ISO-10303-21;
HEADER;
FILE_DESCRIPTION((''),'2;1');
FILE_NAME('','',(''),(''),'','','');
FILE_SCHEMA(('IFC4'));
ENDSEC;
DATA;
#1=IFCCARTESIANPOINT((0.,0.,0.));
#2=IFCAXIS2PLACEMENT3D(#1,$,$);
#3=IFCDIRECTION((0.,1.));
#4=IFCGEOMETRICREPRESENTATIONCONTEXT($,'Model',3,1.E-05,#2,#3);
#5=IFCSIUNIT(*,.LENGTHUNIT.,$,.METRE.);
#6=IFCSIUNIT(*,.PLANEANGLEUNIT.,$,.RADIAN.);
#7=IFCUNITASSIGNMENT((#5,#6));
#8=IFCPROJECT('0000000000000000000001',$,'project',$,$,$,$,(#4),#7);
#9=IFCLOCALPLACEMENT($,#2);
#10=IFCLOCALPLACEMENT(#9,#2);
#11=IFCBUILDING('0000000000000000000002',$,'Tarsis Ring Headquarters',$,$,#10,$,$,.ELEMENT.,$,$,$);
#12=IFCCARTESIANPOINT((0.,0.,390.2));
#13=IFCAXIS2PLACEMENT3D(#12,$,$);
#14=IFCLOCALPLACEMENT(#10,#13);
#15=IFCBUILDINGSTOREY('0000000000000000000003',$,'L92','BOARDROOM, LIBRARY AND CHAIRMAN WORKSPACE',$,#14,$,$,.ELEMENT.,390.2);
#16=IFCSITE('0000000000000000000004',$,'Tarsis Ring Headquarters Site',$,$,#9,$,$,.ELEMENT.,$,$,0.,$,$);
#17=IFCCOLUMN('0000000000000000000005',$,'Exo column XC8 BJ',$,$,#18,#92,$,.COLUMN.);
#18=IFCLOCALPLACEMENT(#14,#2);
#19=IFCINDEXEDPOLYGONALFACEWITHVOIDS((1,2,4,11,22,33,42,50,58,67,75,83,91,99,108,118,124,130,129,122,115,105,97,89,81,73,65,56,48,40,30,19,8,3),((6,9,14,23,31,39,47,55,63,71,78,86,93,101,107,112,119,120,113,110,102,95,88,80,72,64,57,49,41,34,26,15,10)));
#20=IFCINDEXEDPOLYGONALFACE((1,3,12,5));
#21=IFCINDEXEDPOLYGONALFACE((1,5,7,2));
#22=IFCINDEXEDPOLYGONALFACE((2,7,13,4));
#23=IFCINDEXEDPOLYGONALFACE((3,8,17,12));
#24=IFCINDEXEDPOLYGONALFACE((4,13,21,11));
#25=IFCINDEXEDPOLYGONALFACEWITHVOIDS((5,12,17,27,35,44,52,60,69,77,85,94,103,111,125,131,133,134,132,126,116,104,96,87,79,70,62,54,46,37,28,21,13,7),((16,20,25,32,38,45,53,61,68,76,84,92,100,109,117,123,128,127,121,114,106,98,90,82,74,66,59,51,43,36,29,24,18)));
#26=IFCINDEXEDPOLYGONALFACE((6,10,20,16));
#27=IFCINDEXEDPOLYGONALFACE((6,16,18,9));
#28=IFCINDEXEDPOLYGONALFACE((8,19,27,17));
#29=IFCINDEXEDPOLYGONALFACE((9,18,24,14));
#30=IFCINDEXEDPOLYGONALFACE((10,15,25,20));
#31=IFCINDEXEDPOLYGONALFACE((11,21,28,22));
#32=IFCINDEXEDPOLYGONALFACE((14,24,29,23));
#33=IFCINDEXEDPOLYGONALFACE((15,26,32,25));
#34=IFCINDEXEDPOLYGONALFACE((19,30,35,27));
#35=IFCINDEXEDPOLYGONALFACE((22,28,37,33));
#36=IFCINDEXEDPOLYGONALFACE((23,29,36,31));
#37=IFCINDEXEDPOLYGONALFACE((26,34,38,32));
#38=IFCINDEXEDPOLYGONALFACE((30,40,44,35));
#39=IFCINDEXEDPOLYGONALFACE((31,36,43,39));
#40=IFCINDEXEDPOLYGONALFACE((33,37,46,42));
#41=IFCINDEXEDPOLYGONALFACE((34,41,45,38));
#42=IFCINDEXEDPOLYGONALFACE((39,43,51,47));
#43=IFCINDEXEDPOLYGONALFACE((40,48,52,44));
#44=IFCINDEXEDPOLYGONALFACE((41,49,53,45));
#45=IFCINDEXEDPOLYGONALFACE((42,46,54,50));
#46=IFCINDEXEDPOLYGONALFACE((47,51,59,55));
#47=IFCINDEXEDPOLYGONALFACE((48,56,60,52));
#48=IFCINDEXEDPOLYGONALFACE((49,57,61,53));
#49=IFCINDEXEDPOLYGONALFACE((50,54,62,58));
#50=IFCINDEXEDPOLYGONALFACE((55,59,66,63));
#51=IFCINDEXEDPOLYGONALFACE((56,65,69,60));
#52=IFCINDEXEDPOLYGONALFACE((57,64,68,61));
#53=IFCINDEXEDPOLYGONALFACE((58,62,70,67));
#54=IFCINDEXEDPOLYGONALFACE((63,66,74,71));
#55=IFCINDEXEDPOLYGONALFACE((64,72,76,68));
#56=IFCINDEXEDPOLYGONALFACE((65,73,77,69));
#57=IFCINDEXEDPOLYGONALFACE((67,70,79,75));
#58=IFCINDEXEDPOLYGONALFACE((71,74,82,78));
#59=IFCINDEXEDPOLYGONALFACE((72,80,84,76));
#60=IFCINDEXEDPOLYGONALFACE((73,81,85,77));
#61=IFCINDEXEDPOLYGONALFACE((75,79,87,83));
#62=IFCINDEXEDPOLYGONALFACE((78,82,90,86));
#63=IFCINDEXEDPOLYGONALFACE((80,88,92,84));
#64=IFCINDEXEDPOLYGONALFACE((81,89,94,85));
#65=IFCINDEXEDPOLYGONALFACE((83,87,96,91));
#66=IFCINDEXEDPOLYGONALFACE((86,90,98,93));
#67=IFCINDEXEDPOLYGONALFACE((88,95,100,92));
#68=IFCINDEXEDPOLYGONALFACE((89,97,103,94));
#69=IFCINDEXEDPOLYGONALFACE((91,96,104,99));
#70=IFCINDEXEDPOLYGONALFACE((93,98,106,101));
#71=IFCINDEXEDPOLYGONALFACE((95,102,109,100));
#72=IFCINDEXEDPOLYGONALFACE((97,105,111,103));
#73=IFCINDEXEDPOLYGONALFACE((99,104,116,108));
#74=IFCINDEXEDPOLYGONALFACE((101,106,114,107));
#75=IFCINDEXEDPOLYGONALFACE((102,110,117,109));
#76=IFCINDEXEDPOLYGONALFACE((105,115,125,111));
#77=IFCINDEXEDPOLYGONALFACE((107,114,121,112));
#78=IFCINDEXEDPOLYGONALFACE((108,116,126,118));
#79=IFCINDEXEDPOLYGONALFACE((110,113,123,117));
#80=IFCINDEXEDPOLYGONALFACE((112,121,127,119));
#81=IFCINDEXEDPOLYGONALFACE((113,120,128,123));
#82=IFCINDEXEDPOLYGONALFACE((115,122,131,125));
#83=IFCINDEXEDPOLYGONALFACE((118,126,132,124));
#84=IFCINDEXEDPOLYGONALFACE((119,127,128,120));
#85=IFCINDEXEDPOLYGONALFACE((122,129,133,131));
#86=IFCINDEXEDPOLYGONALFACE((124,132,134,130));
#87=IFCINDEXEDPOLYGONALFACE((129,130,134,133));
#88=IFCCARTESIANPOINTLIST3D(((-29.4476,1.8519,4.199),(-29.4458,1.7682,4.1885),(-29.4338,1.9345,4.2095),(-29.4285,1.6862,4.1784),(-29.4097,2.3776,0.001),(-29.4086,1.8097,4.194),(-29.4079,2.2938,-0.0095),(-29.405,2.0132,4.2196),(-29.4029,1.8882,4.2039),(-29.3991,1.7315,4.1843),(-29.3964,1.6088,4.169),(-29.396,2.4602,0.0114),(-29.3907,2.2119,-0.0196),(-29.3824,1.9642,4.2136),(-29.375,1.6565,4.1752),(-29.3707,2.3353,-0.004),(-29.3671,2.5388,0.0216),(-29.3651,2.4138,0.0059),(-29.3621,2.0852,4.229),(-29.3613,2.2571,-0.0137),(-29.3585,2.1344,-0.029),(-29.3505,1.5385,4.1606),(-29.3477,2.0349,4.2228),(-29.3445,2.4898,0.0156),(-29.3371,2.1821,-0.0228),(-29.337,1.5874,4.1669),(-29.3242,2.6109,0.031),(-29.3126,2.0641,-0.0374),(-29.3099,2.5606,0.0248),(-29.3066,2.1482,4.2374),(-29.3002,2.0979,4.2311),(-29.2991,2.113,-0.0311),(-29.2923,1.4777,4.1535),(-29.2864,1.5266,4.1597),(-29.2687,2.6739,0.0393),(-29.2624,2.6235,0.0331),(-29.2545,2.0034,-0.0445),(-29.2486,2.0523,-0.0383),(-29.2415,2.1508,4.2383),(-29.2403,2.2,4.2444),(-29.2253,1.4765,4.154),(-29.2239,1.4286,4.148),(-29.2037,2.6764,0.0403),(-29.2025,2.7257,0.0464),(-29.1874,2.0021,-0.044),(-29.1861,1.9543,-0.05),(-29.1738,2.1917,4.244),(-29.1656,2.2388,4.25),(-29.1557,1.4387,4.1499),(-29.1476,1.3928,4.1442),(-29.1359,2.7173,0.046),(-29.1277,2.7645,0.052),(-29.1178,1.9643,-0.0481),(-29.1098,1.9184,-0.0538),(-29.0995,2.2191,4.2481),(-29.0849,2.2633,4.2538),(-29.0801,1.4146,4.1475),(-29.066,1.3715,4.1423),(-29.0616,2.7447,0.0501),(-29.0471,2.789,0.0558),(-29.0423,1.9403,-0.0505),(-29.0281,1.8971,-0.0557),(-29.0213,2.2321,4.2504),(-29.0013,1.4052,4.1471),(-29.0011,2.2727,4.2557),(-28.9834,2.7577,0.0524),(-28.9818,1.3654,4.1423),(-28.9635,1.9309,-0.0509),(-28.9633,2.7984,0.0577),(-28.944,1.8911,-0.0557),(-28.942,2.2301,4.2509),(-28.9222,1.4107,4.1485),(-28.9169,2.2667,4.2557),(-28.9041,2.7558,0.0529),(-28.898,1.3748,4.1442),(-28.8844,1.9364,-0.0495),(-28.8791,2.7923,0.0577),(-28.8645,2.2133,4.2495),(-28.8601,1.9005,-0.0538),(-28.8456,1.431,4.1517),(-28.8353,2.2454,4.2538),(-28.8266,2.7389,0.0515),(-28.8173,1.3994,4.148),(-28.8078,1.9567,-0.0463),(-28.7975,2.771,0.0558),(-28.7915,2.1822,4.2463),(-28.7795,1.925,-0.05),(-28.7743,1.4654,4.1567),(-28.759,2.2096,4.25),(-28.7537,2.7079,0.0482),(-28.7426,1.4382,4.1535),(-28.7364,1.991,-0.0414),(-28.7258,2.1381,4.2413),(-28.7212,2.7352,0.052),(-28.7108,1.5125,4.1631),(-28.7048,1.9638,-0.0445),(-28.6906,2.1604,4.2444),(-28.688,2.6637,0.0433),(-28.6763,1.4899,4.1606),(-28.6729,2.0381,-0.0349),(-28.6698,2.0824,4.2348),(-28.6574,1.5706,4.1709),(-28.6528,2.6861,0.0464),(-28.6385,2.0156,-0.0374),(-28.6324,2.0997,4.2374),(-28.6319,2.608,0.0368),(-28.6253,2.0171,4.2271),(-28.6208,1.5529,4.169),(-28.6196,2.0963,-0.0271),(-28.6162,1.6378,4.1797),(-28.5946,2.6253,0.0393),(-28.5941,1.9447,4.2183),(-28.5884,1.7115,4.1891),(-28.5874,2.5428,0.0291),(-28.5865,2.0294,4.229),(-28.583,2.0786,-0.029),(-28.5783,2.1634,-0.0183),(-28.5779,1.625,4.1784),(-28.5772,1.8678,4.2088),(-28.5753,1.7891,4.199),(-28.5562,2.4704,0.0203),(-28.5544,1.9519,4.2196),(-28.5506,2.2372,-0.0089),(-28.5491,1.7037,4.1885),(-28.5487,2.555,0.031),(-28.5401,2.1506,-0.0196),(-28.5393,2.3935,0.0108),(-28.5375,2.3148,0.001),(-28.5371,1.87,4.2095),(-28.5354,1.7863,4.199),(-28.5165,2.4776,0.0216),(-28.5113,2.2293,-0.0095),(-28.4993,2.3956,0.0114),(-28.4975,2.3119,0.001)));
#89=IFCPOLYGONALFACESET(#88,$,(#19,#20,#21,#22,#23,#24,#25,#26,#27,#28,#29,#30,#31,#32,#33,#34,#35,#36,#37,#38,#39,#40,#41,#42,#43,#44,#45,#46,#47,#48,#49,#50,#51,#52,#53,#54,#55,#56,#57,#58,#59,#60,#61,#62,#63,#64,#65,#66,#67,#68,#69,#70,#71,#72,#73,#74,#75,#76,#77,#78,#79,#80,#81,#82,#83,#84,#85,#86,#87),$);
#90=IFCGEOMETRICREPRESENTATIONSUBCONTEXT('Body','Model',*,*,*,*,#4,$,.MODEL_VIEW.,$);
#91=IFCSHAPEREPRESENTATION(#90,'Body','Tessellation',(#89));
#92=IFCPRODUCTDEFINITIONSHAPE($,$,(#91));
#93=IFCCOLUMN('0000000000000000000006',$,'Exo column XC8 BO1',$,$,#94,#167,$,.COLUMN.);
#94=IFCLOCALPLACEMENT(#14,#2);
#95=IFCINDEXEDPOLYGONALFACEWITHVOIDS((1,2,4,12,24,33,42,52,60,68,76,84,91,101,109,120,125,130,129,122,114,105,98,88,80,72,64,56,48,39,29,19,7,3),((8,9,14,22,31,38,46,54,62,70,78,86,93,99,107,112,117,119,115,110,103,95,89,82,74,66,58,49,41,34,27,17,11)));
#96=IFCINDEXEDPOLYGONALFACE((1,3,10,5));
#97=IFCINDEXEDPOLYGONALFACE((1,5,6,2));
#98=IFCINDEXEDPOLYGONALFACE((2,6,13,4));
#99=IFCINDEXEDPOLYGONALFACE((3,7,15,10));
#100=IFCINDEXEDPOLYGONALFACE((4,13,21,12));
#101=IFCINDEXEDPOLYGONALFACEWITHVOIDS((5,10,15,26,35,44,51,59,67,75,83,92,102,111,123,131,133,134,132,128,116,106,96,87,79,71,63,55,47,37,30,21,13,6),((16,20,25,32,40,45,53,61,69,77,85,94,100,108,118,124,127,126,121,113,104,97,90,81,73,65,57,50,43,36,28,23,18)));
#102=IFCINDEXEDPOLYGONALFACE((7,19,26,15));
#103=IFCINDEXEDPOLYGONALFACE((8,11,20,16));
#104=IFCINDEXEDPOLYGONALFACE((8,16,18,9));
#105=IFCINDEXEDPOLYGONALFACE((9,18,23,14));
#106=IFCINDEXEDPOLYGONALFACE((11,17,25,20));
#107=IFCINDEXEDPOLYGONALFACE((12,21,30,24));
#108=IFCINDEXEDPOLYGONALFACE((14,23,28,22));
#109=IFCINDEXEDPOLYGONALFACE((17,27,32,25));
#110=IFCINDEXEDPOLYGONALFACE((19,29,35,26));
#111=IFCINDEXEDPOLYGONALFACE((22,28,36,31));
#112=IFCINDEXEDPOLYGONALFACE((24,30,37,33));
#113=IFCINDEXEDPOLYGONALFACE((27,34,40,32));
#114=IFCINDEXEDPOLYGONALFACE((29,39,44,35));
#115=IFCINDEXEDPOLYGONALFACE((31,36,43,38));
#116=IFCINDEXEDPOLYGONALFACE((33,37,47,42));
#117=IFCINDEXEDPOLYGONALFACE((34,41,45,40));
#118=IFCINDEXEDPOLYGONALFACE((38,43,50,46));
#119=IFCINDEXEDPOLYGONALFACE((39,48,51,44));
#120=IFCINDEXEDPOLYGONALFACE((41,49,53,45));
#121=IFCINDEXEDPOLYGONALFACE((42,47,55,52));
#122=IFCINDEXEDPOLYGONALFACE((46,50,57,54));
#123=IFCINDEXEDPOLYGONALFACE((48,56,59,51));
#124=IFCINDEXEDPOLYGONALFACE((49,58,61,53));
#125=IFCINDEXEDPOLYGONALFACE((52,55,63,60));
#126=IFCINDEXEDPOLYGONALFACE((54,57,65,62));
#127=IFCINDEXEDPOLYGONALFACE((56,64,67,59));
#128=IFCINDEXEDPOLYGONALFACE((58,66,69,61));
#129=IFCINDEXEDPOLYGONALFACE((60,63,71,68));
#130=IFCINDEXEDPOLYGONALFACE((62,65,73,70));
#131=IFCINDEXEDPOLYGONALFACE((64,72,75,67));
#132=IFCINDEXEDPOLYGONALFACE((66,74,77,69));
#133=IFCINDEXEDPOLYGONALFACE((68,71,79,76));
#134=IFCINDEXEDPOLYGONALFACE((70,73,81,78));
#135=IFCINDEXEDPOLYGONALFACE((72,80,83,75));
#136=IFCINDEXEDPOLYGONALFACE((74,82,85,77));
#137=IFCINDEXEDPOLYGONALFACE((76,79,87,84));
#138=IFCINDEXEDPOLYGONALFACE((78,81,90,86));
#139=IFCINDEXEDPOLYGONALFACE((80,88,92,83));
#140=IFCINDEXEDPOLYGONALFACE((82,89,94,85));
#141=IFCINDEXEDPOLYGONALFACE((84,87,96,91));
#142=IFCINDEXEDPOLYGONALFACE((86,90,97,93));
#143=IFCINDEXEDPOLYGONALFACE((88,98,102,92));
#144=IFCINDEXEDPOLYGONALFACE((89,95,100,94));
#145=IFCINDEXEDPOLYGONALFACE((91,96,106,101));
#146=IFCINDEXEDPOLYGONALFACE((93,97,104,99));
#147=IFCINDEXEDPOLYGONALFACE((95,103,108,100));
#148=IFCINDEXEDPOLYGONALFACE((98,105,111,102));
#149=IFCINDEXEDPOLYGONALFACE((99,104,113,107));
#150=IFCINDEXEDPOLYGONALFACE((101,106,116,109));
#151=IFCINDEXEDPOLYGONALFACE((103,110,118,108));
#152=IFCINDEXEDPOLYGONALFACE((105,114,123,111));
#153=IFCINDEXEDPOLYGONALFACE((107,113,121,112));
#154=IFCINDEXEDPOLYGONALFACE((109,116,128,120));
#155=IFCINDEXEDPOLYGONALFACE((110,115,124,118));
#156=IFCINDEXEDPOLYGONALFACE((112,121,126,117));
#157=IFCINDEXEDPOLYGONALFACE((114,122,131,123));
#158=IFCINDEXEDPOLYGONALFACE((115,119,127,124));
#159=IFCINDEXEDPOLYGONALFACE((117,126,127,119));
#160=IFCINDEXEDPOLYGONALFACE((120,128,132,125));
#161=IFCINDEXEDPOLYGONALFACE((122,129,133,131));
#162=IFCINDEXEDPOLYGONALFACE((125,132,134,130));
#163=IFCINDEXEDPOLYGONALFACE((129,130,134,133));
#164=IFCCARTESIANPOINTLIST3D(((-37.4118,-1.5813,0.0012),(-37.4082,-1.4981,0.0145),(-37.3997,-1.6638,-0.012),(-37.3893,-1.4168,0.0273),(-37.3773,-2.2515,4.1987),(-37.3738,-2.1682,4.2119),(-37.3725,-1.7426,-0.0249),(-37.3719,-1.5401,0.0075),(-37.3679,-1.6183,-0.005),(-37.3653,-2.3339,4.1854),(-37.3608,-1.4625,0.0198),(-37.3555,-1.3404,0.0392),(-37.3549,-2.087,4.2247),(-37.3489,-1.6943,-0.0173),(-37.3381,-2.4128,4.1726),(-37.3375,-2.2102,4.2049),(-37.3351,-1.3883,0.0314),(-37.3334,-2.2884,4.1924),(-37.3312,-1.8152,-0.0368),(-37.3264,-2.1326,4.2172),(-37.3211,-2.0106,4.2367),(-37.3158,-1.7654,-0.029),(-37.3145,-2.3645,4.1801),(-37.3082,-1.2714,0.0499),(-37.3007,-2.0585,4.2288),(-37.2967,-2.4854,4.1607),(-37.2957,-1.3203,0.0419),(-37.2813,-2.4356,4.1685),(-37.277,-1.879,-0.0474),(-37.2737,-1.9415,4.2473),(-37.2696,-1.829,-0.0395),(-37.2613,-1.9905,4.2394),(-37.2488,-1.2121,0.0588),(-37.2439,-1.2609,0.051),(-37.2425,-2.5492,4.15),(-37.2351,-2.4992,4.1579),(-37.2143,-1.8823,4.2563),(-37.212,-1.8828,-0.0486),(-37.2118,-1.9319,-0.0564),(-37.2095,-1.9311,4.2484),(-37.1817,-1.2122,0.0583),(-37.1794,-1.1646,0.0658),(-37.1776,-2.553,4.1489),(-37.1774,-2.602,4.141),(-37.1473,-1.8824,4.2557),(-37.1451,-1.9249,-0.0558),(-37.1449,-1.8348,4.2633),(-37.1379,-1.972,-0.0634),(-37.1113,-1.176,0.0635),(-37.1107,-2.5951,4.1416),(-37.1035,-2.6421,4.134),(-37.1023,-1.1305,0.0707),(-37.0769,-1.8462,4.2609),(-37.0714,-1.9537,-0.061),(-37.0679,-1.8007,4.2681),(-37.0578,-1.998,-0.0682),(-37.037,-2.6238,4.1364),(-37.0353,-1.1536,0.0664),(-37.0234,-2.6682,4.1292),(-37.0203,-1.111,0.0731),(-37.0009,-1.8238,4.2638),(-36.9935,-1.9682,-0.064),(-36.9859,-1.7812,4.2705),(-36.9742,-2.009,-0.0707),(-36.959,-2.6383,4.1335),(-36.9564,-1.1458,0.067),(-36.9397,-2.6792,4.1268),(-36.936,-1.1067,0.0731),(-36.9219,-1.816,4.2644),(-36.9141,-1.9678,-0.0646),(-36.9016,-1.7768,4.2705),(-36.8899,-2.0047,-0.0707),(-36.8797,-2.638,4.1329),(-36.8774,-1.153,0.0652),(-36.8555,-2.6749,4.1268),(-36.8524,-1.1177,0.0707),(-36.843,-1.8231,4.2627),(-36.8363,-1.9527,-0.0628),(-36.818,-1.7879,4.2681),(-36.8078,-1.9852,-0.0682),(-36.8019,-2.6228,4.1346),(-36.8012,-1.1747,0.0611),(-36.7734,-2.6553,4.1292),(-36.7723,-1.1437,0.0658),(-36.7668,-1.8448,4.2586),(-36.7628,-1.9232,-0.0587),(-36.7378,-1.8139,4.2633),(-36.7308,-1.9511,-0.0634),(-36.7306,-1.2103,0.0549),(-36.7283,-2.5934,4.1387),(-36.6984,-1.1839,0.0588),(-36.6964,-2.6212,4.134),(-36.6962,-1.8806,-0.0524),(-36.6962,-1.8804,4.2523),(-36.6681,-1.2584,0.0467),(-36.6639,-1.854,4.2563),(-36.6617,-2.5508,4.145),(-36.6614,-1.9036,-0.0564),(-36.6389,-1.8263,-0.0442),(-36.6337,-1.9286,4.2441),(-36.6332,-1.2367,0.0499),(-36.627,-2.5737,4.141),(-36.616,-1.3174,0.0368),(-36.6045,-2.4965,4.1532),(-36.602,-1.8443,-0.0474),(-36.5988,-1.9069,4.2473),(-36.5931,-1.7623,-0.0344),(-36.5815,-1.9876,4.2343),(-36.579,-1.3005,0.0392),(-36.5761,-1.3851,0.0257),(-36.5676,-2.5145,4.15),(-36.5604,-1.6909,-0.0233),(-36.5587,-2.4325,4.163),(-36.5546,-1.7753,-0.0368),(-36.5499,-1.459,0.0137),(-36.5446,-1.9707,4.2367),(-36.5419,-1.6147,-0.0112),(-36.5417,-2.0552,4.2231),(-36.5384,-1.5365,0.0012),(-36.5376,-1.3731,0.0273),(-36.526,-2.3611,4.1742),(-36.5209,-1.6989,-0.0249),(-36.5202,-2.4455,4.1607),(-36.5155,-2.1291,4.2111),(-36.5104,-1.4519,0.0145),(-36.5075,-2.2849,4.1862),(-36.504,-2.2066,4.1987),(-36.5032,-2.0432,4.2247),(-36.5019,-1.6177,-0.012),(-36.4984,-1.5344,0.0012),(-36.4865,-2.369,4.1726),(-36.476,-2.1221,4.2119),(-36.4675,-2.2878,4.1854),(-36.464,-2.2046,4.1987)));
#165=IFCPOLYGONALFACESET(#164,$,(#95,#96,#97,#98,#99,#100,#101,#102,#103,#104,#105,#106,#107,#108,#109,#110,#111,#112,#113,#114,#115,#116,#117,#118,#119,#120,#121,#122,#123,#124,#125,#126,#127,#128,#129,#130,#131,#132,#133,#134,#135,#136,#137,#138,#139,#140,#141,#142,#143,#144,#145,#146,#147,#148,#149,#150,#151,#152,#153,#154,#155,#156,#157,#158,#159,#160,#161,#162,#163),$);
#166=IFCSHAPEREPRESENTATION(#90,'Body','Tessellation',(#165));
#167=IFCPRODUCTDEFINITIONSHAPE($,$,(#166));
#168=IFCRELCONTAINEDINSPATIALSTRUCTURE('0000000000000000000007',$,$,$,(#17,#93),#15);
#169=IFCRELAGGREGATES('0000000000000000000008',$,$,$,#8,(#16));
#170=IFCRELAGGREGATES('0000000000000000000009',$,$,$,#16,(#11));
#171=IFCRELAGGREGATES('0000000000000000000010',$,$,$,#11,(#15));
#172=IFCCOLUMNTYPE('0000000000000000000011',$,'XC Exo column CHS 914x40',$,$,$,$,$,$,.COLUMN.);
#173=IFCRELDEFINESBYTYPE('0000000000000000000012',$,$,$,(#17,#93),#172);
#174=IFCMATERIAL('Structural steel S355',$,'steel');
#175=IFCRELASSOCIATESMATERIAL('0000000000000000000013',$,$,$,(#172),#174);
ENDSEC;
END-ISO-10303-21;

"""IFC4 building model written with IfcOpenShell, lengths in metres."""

from ifc_helpers import new_model, si_unit, direction, frame, origin, origin_2d, place, context, subcontext, project, spatial, hollow_circle, extrude, material, material_profile, profile_set, type_object, element, save


model = new_model("IFC4")

# Units and contexts
model_context = context("Model", 3, precision=1e-05, world=origin(), true_north=direction((0.0, 1.0)))
body_context = subcontext(model_context, "Body", "Model", "MODEL_VIEW")
ifc_project = project(units=[si_unit("LENGTHUNIT", "METRE"), si_unit("PLANEANGLEUNIT", "RADIAN")], contexts=[model_context])

# Site, building, storey
site_placement = place(None, origin())
site = spatial("IfcSite", under=ifc_project, at=site_placement, Name="Tarsis Ring Headquarters Site", CompositionType="ELEMENT", RefElevation=0.0)
building_placement = place(site_placement, origin())
building = spatial("IfcBuilding", under=site, at=building_placement, Name="Tarsis Ring Headquarters", CompositionType="ELEMENT")
storey_placement = place(building_placement, frame((0.0, 0.0, 390.2)))
storey = spatial("IfcBuildingStorey", under=building, at=storey_placement, Name="L92", Description="BOARDROOM, LIBRARY AND CHAIRMAN WORKSPACE", CompositionType="ELEMENT", Elevation=390.2)

# Columns
ifc_material_1 = material(Name="Structural steel S355", Category="steel")
ifc_material_profile_1 = material_profile(ifc_material_1, hollow_circle(Radius=0.457, WallThickness=0.04, at=origin_2d()), Name="CHS 914x40")
ifc_profile_set_1 = profile_set([ifc_material_profile_1], Name="Structural steel S355")
column_type = type_object("IfcColumnType", Name="XC Exo column CHS 914x40", PredefinedType="COLUMN", material=ifc_profile_set_1)
column_1_placement = place(storey_placement, frame((-28.9536, 2.3447, 0.001), z_axis=(-0.008944, -0.124236, 0.992212), x_axis=(0.997419, -0.071807, 0.0)))
element("IfcColumn", 1, at=column_1_placement, inside=storey, type_object=column_type, Name="Exo column XC8 BJ", PredefinedType="COLUMN", context=body_context, shape_type="SweptSolid", body=[
    extrude(hollow_circle(Radius=0.4573, WallThickness=0.04, at=origin_2d()), origin(), (0.0, 0.0, 1.0), 4.231),
])
column_2_placement = place(storey_placement, frame((-36.9551, -1.5579, 0.0012), z_axis=(0.008098, -0.157656, 0.987461), x_axis=(0.998683, 0.051298, 0.0)))
element("IfcColumn", 2, at=column_2_placement, inside=storey, type_object=column_type, Name="Exo column XC8 BO1", PredefinedType="COLUMN", context=body_context, shape_type="SweptSolid", body=[
    extrude(hollow_circle(Radius=0.4573, WallThickness=0.04, at=origin_2d()), origin(), (0.0, 0.0, 1.0), 4.2507),
])

save(model, "model.ifc")
